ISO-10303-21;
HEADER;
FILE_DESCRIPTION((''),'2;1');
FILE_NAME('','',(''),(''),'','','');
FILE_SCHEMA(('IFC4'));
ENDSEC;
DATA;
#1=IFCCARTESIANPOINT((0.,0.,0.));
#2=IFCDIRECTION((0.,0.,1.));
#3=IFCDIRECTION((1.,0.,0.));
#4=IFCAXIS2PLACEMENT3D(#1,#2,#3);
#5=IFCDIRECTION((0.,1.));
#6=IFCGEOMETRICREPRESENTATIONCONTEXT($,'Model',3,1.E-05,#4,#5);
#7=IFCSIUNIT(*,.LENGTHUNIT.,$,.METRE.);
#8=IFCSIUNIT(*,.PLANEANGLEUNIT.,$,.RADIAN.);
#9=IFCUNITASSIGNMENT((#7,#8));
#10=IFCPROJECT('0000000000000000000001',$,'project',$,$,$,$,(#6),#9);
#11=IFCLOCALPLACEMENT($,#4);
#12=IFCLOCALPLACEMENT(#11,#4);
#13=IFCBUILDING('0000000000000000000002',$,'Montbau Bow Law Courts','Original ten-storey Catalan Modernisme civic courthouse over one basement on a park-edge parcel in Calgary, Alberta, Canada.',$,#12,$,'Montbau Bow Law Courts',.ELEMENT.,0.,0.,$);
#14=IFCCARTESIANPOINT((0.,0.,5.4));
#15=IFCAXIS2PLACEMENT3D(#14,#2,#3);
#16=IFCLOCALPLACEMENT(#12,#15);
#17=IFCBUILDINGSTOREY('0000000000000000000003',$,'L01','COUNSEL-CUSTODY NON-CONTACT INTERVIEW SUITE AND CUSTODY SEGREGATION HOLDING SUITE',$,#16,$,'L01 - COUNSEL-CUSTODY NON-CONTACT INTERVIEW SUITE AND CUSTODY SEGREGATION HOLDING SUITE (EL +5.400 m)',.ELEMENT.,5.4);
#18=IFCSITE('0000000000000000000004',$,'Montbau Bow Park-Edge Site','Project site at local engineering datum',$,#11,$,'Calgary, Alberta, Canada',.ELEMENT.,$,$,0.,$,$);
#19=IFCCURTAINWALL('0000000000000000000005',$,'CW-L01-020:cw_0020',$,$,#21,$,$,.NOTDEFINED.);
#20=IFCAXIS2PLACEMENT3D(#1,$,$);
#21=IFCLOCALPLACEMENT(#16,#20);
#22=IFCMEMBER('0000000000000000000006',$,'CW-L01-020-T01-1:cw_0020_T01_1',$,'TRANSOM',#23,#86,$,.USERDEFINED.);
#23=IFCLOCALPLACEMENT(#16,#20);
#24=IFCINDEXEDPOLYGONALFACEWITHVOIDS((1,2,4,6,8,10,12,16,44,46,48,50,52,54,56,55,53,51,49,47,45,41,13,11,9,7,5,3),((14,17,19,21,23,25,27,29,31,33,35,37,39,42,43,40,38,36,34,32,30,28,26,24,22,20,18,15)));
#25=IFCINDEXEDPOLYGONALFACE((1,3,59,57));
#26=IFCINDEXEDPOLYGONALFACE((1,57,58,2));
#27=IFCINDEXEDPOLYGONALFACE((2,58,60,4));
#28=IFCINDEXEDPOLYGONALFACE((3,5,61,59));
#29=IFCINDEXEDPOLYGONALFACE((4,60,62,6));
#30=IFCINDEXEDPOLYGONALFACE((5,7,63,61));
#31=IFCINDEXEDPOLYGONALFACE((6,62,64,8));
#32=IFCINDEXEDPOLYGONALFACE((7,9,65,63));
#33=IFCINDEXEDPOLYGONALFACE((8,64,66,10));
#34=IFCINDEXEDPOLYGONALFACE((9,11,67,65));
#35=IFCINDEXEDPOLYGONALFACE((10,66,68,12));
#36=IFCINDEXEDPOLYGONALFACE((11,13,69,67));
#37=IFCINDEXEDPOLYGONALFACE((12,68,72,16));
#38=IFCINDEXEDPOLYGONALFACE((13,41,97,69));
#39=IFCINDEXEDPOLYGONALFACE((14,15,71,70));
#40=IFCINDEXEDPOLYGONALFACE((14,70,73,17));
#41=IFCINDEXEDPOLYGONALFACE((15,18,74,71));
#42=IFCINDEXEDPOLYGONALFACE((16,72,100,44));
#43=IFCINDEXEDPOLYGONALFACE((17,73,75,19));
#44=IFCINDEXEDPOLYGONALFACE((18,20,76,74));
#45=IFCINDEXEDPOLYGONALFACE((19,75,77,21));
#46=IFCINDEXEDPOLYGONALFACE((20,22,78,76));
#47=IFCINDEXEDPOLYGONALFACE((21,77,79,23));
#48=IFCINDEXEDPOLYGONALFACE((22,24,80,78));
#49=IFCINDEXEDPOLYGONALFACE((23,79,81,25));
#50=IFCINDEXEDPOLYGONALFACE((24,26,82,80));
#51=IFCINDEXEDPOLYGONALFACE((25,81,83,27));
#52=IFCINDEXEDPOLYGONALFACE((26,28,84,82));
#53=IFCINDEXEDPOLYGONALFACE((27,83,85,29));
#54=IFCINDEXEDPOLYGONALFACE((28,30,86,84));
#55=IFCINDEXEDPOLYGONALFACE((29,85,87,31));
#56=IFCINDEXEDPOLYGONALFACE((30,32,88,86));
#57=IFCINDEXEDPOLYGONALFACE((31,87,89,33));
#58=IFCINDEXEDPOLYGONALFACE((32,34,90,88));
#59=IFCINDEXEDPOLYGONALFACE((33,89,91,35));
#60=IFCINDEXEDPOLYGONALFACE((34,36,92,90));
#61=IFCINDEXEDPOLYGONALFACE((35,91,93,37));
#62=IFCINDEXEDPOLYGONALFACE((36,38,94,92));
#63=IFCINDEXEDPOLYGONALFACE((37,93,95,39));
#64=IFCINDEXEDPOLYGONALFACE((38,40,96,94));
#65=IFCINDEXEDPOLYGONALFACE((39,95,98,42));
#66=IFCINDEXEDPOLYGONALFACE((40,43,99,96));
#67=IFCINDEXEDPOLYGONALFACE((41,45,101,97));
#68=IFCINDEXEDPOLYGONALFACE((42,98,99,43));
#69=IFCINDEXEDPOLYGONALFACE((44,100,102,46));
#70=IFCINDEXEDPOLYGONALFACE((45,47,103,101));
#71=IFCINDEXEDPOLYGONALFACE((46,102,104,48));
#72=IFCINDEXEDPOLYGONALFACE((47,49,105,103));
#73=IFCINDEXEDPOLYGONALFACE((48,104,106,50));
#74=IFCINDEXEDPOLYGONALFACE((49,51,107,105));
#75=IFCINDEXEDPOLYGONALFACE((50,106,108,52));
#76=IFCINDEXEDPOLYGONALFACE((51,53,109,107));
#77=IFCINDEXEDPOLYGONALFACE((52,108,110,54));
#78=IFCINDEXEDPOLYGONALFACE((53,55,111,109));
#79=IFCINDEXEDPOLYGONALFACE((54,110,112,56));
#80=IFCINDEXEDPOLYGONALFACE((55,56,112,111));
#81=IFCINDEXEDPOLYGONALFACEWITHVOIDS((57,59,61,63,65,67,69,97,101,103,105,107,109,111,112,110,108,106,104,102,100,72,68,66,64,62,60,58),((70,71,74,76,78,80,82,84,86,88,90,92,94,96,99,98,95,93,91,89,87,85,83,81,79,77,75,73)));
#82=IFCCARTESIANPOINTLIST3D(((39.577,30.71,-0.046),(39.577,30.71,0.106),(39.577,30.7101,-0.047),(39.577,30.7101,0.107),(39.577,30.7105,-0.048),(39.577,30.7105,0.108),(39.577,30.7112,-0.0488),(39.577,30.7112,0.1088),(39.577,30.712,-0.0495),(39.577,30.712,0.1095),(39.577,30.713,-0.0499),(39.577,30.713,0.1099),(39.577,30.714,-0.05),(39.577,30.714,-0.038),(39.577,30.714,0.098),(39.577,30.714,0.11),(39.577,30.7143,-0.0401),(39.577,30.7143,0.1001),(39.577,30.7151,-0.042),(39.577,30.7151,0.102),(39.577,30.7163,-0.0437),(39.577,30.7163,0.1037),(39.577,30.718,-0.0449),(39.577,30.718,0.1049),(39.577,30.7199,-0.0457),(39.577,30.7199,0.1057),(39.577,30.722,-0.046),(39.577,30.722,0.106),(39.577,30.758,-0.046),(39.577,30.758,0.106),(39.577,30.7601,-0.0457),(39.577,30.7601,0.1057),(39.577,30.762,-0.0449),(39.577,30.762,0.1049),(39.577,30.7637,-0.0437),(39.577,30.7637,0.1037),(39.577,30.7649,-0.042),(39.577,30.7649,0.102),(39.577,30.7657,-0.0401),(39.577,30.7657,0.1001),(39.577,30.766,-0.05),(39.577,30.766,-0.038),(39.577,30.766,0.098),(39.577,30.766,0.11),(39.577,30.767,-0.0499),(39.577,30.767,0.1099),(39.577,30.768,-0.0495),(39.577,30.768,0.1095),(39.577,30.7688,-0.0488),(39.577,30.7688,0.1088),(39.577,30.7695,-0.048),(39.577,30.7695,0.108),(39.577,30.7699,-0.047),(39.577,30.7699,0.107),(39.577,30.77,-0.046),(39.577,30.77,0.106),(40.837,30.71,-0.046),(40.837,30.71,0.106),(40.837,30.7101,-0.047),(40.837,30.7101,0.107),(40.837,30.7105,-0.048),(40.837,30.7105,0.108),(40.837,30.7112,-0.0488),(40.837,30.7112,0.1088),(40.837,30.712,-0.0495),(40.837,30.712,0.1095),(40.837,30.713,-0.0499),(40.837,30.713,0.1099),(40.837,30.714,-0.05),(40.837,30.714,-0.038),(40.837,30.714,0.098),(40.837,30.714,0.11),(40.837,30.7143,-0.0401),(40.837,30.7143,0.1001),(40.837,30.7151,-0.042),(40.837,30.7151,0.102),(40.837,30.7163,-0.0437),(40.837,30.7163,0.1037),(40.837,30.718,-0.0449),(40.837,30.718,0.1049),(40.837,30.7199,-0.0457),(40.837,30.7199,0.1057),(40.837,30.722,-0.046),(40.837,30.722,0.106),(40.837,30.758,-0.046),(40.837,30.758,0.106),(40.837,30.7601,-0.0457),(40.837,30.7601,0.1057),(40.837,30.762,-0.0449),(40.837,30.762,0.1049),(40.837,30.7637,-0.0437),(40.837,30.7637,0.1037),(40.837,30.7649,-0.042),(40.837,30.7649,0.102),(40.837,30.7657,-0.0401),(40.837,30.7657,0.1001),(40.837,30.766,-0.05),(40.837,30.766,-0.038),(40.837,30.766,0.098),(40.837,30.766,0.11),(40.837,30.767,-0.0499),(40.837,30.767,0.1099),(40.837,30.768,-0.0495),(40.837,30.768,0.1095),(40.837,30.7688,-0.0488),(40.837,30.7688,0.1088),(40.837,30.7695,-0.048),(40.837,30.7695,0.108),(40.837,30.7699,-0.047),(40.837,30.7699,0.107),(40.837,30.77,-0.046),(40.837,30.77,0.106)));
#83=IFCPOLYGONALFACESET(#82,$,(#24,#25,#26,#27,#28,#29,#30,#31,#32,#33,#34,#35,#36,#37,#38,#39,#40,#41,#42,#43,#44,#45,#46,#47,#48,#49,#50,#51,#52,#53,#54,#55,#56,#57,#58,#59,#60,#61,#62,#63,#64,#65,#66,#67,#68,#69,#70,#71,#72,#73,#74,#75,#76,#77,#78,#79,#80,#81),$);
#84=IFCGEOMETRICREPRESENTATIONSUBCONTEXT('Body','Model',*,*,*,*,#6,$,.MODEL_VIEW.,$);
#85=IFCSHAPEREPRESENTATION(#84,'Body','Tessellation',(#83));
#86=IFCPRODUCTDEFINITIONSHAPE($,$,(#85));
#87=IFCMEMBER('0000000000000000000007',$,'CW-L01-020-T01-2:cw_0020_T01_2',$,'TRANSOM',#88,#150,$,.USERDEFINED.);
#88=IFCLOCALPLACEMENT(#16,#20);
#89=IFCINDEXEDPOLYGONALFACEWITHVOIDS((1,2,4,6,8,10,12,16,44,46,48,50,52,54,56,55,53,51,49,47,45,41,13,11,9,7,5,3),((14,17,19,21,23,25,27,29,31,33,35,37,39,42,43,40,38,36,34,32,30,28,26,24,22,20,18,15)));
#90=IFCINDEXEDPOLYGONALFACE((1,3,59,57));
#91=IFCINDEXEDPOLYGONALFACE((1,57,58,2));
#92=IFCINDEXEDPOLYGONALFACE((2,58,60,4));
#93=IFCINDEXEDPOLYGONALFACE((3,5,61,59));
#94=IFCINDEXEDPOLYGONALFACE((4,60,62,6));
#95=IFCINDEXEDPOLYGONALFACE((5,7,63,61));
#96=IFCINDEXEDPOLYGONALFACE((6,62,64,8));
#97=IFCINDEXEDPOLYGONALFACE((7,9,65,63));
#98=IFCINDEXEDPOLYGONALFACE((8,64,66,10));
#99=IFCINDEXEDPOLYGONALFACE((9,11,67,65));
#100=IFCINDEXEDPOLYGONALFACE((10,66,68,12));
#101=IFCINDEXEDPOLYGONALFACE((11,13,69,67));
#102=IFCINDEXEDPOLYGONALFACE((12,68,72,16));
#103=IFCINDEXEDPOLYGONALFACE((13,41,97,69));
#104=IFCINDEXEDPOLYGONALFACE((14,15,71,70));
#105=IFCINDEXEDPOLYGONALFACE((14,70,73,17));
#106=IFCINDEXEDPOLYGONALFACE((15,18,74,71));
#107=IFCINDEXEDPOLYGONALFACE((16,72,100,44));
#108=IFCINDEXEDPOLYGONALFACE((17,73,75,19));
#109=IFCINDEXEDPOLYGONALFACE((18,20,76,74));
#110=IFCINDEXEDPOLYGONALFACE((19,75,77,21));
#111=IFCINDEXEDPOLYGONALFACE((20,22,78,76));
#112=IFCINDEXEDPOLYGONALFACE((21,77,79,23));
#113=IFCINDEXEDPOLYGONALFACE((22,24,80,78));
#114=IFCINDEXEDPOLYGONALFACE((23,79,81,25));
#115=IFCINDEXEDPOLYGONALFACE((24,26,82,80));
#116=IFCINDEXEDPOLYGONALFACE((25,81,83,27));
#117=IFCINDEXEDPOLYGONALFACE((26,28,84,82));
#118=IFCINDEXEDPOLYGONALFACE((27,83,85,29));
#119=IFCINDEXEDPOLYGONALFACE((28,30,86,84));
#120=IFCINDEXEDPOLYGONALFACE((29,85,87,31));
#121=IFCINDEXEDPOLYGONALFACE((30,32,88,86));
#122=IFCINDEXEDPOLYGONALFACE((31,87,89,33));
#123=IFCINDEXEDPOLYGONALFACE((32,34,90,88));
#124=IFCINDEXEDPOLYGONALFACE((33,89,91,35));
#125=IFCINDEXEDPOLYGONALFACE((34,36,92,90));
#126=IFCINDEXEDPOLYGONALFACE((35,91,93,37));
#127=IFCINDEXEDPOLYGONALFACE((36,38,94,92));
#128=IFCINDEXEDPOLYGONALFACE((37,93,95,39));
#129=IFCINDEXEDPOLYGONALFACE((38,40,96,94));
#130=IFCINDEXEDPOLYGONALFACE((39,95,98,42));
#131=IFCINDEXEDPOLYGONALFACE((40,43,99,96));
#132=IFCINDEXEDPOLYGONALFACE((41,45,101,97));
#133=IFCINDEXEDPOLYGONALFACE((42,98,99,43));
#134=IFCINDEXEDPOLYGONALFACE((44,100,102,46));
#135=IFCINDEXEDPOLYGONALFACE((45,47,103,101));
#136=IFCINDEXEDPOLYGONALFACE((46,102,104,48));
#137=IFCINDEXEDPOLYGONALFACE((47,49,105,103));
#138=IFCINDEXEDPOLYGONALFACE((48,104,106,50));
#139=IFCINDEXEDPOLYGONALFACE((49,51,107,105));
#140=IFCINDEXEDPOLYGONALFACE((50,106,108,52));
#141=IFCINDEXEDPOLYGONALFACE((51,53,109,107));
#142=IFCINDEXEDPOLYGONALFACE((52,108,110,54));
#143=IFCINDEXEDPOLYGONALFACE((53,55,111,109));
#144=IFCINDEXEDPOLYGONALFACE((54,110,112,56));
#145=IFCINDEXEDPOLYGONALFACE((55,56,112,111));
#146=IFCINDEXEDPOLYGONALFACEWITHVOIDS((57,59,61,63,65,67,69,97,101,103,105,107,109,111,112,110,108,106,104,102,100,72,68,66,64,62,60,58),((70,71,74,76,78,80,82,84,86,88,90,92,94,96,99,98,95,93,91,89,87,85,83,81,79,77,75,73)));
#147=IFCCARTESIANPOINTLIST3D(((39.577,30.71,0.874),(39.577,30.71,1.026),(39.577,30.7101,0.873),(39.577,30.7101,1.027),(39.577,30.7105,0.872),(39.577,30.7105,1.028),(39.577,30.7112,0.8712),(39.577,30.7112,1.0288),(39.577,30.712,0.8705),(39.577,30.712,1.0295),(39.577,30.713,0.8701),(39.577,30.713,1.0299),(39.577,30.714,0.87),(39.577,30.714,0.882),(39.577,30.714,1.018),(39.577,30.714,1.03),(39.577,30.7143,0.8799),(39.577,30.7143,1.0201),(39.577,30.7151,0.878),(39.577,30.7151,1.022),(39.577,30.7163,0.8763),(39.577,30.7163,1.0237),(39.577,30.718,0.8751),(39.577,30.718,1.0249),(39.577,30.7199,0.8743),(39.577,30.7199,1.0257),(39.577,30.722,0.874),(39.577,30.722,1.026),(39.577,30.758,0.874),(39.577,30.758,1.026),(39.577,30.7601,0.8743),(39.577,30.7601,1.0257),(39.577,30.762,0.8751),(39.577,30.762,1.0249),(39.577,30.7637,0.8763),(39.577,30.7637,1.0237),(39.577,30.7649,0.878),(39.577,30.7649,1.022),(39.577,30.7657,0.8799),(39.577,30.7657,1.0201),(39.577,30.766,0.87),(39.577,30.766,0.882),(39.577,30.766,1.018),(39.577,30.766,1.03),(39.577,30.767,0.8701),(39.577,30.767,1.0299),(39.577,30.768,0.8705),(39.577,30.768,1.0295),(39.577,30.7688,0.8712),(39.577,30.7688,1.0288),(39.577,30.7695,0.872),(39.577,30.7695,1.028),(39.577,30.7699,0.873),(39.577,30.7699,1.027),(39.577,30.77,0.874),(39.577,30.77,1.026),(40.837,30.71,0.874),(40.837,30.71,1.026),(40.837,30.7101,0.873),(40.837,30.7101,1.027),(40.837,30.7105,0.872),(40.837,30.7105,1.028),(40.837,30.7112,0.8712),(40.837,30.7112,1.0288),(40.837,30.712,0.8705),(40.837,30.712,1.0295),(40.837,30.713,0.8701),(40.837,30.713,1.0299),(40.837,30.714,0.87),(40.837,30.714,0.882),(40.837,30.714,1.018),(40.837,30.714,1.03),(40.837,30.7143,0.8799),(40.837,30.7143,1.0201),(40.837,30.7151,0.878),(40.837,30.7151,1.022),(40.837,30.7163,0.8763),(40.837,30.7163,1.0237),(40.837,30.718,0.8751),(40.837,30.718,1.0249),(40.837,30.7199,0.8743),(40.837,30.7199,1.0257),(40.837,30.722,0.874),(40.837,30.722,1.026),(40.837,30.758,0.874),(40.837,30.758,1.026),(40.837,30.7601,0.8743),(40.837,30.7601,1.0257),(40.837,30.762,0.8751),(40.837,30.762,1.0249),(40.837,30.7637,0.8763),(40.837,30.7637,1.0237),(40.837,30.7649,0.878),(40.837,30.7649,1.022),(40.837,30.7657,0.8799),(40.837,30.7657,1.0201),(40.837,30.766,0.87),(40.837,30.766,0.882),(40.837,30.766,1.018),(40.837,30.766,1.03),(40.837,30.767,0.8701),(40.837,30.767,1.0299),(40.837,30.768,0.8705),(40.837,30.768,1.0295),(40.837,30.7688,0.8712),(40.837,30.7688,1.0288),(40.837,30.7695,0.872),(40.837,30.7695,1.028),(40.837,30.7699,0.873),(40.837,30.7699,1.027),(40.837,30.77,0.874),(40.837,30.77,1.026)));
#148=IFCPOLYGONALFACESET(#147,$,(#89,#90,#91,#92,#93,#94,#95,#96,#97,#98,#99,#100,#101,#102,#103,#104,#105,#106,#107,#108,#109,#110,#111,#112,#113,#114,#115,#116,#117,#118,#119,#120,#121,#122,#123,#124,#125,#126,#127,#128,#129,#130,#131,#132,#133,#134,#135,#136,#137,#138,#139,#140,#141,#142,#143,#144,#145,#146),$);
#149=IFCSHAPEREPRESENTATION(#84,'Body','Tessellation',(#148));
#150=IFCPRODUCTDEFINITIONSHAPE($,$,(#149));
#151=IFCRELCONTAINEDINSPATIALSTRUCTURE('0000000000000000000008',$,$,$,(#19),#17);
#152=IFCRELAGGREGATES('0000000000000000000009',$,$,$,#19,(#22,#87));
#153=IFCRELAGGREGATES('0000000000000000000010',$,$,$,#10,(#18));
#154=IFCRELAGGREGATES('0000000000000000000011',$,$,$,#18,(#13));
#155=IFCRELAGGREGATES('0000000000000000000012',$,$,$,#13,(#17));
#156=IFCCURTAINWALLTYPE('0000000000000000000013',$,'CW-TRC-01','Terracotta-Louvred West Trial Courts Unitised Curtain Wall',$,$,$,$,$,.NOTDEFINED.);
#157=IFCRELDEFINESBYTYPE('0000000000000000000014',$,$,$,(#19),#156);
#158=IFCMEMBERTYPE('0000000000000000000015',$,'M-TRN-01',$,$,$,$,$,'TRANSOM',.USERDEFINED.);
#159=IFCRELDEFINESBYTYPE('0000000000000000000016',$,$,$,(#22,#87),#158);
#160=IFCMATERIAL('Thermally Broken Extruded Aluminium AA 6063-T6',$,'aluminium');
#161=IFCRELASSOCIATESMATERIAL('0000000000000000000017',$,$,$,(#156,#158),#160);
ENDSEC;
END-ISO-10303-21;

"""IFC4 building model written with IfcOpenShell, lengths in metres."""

from ifc_helpers import new_model, si_unit, direction, frame, origin_with_axes, origin_2d_with_axis, place, context, subcontext, project, spatial, hollow_rectangle, extrude, material, material_profile, profile_set, type_object, element, aggregate, save


model = new_model("IFC4")

# Units and contexts
model_context = context("Model", 3, precision=1e-05, world=origin_with_axes(), true_north=direction((0.0, 1.0)))
body_context = subcontext(model_context, "Body", "Model", "MODEL_VIEW")
ifc_project = project(units=[si_unit("LENGTHUNIT", "METRE"), si_unit("PLANEANGLEUNIT", "RADIAN")], contexts=[model_context])

# Site, building, storey
site_placement = place(None, origin_with_axes())
site = spatial("IfcSite", under=ifc_project, at=site_placement, Name="Montbau Bow Park-Edge Site", Description="Project site at local engineering datum", LongName="Calgary, Alberta, Canada", CompositionType="ELEMENT", RefElevation=0.0)
building_placement = place(site_placement, origin_with_axes())
building = spatial("IfcBuilding", under=site, at=building_placement, Name="Montbau Bow Law Courts", Description="Original ten-storey Catalan Modernisme civic courthouse over one basement on a park-edge parcel in Calgary, Alberta, Canada.", LongName="Montbau Bow Law Courts", CompositionType="ELEMENT", ElevationOfRefHeight=0.0, ElevationOfTerrain=0.0)
storey_placement = place(building_placement, frame((0.0, 0.0, 5.4), z_axis=(0.0, 0.0, 1.0), x_axis=(1.0, 0.0, 0.0)))
storey = spatial("IfcBuildingStorey", under=building, at=storey_placement, Name="L01", Description="COUNSEL-CUSTODY NON-CONTACT INTERVIEW SUITE AND CUSTODY SEGREGATION HOLDING SUITE", LongName="L01 - COUNSEL-CUSTODY NON-CONTACT INTERVIEW SUITE AND CUSTODY SEGREGATION HOLDING SUITE (EL +5.400 m)", CompositionType="ELEMENT", Elevation=5.4)

# Curtain wall, members
ifc_material_1 = material(Name="Thermally Broken Extruded Aluminium AA 6063-T6", Category="aluminium")
curtain_wall_type = type_object("IfcCurtainWallType", Name="CW-TRC-01", Description="Terracotta-Louvred West Trial Courts Unitised Curtain Wall", PredefinedType="NOTDEFINED", material=ifc_material_1)
curtain_wall_1_placement = place(None, frame((39.515, 30.74, 5.4), z_axis=(0.0, 0.0, 1.0), x_axis=(1.0, 0.0, 0.0)))
curtain_wall_1 = element("IfcCurtainWall", 1, at=curtain_wall_1_placement, inside=storey, type_object=curtain_wall_type, Name="CW-L01-020:cw_0020", PredefinedType="NOTDEFINED")
ifc_material_profile_1 = material_profile(ifc_material_1, hollow_rectangle(XDim=0.06, YDim=0.16, WallThickness=0.004, InnerFilletRadius=0.008, OuterFilletRadius=0.004, at=origin_2d_with_axis()), Name="CWT-160X60", Category="Main", Priority=0)
ifc_profile_set_1 = profile_set([ifc_material_profile_1], Name="Thermally Broken Extruded Aluminium AA 6063-T6")
member_type_1 = type_object("IfcMemberType", Name="M-TRN-01", ElementType="TRANSOM", PredefinedType="USERDEFINED", material=ifc_profile_set_1)
member_1_placement = place(None, frame((39.577, 30.74, 5.43), z_axis=(1.0, 0.0, 0.0), x_axis=(0.0, 1.0, 0.0)))
member_1 = element("IfcMember", 2, at=member_1_placement, type_object=member_type_1, Name="CW-L01-020-T01-1:cw_0020_T01_1", ObjectType="TRANSOM", PredefinedType="USERDEFINED", context=body_context, shape_type="SweptSolid", body=[
    extrude(hollow_rectangle(XDim=0.06, YDim=0.16, WallThickness=0.004, InnerFilletRadius=0.008, OuterFilletRadius=0.004, at=origin_2d_with_axis()), origin_with_axes(), (0.0, 0.0, 1.0), 1.26),
])
member_2_placement = place(None, frame((39.577, 30.74, 6.35), z_axis=(1.0, 0.0, 0.0), x_axis=(0.0, 1.0, 0.0)))
member_2 = element("IfcMember", 3, at=member_2_placement, type_object=member_type_1, Name="CW-L01-020-T01-2:cw_0020_T01_2", ObjectType="TRANSOM", PredefinedType="USERDEFINED", context=body_context, shape_type="SweptSolid", body=[
    extrude(hollow_rectangle(XDim=0.06, YDim=0.16, WallThickness=0.004, InnerFilletRadius=0.008, OuterFilletRadius=0.004, at=origin_2d_with_axis()), origin_with_axes(), (0.0, 0.0, 1.0), 1.26),
])

aggregate(curtain_wall_1, [member_1, member_2])

save(model, "model.ifc")
